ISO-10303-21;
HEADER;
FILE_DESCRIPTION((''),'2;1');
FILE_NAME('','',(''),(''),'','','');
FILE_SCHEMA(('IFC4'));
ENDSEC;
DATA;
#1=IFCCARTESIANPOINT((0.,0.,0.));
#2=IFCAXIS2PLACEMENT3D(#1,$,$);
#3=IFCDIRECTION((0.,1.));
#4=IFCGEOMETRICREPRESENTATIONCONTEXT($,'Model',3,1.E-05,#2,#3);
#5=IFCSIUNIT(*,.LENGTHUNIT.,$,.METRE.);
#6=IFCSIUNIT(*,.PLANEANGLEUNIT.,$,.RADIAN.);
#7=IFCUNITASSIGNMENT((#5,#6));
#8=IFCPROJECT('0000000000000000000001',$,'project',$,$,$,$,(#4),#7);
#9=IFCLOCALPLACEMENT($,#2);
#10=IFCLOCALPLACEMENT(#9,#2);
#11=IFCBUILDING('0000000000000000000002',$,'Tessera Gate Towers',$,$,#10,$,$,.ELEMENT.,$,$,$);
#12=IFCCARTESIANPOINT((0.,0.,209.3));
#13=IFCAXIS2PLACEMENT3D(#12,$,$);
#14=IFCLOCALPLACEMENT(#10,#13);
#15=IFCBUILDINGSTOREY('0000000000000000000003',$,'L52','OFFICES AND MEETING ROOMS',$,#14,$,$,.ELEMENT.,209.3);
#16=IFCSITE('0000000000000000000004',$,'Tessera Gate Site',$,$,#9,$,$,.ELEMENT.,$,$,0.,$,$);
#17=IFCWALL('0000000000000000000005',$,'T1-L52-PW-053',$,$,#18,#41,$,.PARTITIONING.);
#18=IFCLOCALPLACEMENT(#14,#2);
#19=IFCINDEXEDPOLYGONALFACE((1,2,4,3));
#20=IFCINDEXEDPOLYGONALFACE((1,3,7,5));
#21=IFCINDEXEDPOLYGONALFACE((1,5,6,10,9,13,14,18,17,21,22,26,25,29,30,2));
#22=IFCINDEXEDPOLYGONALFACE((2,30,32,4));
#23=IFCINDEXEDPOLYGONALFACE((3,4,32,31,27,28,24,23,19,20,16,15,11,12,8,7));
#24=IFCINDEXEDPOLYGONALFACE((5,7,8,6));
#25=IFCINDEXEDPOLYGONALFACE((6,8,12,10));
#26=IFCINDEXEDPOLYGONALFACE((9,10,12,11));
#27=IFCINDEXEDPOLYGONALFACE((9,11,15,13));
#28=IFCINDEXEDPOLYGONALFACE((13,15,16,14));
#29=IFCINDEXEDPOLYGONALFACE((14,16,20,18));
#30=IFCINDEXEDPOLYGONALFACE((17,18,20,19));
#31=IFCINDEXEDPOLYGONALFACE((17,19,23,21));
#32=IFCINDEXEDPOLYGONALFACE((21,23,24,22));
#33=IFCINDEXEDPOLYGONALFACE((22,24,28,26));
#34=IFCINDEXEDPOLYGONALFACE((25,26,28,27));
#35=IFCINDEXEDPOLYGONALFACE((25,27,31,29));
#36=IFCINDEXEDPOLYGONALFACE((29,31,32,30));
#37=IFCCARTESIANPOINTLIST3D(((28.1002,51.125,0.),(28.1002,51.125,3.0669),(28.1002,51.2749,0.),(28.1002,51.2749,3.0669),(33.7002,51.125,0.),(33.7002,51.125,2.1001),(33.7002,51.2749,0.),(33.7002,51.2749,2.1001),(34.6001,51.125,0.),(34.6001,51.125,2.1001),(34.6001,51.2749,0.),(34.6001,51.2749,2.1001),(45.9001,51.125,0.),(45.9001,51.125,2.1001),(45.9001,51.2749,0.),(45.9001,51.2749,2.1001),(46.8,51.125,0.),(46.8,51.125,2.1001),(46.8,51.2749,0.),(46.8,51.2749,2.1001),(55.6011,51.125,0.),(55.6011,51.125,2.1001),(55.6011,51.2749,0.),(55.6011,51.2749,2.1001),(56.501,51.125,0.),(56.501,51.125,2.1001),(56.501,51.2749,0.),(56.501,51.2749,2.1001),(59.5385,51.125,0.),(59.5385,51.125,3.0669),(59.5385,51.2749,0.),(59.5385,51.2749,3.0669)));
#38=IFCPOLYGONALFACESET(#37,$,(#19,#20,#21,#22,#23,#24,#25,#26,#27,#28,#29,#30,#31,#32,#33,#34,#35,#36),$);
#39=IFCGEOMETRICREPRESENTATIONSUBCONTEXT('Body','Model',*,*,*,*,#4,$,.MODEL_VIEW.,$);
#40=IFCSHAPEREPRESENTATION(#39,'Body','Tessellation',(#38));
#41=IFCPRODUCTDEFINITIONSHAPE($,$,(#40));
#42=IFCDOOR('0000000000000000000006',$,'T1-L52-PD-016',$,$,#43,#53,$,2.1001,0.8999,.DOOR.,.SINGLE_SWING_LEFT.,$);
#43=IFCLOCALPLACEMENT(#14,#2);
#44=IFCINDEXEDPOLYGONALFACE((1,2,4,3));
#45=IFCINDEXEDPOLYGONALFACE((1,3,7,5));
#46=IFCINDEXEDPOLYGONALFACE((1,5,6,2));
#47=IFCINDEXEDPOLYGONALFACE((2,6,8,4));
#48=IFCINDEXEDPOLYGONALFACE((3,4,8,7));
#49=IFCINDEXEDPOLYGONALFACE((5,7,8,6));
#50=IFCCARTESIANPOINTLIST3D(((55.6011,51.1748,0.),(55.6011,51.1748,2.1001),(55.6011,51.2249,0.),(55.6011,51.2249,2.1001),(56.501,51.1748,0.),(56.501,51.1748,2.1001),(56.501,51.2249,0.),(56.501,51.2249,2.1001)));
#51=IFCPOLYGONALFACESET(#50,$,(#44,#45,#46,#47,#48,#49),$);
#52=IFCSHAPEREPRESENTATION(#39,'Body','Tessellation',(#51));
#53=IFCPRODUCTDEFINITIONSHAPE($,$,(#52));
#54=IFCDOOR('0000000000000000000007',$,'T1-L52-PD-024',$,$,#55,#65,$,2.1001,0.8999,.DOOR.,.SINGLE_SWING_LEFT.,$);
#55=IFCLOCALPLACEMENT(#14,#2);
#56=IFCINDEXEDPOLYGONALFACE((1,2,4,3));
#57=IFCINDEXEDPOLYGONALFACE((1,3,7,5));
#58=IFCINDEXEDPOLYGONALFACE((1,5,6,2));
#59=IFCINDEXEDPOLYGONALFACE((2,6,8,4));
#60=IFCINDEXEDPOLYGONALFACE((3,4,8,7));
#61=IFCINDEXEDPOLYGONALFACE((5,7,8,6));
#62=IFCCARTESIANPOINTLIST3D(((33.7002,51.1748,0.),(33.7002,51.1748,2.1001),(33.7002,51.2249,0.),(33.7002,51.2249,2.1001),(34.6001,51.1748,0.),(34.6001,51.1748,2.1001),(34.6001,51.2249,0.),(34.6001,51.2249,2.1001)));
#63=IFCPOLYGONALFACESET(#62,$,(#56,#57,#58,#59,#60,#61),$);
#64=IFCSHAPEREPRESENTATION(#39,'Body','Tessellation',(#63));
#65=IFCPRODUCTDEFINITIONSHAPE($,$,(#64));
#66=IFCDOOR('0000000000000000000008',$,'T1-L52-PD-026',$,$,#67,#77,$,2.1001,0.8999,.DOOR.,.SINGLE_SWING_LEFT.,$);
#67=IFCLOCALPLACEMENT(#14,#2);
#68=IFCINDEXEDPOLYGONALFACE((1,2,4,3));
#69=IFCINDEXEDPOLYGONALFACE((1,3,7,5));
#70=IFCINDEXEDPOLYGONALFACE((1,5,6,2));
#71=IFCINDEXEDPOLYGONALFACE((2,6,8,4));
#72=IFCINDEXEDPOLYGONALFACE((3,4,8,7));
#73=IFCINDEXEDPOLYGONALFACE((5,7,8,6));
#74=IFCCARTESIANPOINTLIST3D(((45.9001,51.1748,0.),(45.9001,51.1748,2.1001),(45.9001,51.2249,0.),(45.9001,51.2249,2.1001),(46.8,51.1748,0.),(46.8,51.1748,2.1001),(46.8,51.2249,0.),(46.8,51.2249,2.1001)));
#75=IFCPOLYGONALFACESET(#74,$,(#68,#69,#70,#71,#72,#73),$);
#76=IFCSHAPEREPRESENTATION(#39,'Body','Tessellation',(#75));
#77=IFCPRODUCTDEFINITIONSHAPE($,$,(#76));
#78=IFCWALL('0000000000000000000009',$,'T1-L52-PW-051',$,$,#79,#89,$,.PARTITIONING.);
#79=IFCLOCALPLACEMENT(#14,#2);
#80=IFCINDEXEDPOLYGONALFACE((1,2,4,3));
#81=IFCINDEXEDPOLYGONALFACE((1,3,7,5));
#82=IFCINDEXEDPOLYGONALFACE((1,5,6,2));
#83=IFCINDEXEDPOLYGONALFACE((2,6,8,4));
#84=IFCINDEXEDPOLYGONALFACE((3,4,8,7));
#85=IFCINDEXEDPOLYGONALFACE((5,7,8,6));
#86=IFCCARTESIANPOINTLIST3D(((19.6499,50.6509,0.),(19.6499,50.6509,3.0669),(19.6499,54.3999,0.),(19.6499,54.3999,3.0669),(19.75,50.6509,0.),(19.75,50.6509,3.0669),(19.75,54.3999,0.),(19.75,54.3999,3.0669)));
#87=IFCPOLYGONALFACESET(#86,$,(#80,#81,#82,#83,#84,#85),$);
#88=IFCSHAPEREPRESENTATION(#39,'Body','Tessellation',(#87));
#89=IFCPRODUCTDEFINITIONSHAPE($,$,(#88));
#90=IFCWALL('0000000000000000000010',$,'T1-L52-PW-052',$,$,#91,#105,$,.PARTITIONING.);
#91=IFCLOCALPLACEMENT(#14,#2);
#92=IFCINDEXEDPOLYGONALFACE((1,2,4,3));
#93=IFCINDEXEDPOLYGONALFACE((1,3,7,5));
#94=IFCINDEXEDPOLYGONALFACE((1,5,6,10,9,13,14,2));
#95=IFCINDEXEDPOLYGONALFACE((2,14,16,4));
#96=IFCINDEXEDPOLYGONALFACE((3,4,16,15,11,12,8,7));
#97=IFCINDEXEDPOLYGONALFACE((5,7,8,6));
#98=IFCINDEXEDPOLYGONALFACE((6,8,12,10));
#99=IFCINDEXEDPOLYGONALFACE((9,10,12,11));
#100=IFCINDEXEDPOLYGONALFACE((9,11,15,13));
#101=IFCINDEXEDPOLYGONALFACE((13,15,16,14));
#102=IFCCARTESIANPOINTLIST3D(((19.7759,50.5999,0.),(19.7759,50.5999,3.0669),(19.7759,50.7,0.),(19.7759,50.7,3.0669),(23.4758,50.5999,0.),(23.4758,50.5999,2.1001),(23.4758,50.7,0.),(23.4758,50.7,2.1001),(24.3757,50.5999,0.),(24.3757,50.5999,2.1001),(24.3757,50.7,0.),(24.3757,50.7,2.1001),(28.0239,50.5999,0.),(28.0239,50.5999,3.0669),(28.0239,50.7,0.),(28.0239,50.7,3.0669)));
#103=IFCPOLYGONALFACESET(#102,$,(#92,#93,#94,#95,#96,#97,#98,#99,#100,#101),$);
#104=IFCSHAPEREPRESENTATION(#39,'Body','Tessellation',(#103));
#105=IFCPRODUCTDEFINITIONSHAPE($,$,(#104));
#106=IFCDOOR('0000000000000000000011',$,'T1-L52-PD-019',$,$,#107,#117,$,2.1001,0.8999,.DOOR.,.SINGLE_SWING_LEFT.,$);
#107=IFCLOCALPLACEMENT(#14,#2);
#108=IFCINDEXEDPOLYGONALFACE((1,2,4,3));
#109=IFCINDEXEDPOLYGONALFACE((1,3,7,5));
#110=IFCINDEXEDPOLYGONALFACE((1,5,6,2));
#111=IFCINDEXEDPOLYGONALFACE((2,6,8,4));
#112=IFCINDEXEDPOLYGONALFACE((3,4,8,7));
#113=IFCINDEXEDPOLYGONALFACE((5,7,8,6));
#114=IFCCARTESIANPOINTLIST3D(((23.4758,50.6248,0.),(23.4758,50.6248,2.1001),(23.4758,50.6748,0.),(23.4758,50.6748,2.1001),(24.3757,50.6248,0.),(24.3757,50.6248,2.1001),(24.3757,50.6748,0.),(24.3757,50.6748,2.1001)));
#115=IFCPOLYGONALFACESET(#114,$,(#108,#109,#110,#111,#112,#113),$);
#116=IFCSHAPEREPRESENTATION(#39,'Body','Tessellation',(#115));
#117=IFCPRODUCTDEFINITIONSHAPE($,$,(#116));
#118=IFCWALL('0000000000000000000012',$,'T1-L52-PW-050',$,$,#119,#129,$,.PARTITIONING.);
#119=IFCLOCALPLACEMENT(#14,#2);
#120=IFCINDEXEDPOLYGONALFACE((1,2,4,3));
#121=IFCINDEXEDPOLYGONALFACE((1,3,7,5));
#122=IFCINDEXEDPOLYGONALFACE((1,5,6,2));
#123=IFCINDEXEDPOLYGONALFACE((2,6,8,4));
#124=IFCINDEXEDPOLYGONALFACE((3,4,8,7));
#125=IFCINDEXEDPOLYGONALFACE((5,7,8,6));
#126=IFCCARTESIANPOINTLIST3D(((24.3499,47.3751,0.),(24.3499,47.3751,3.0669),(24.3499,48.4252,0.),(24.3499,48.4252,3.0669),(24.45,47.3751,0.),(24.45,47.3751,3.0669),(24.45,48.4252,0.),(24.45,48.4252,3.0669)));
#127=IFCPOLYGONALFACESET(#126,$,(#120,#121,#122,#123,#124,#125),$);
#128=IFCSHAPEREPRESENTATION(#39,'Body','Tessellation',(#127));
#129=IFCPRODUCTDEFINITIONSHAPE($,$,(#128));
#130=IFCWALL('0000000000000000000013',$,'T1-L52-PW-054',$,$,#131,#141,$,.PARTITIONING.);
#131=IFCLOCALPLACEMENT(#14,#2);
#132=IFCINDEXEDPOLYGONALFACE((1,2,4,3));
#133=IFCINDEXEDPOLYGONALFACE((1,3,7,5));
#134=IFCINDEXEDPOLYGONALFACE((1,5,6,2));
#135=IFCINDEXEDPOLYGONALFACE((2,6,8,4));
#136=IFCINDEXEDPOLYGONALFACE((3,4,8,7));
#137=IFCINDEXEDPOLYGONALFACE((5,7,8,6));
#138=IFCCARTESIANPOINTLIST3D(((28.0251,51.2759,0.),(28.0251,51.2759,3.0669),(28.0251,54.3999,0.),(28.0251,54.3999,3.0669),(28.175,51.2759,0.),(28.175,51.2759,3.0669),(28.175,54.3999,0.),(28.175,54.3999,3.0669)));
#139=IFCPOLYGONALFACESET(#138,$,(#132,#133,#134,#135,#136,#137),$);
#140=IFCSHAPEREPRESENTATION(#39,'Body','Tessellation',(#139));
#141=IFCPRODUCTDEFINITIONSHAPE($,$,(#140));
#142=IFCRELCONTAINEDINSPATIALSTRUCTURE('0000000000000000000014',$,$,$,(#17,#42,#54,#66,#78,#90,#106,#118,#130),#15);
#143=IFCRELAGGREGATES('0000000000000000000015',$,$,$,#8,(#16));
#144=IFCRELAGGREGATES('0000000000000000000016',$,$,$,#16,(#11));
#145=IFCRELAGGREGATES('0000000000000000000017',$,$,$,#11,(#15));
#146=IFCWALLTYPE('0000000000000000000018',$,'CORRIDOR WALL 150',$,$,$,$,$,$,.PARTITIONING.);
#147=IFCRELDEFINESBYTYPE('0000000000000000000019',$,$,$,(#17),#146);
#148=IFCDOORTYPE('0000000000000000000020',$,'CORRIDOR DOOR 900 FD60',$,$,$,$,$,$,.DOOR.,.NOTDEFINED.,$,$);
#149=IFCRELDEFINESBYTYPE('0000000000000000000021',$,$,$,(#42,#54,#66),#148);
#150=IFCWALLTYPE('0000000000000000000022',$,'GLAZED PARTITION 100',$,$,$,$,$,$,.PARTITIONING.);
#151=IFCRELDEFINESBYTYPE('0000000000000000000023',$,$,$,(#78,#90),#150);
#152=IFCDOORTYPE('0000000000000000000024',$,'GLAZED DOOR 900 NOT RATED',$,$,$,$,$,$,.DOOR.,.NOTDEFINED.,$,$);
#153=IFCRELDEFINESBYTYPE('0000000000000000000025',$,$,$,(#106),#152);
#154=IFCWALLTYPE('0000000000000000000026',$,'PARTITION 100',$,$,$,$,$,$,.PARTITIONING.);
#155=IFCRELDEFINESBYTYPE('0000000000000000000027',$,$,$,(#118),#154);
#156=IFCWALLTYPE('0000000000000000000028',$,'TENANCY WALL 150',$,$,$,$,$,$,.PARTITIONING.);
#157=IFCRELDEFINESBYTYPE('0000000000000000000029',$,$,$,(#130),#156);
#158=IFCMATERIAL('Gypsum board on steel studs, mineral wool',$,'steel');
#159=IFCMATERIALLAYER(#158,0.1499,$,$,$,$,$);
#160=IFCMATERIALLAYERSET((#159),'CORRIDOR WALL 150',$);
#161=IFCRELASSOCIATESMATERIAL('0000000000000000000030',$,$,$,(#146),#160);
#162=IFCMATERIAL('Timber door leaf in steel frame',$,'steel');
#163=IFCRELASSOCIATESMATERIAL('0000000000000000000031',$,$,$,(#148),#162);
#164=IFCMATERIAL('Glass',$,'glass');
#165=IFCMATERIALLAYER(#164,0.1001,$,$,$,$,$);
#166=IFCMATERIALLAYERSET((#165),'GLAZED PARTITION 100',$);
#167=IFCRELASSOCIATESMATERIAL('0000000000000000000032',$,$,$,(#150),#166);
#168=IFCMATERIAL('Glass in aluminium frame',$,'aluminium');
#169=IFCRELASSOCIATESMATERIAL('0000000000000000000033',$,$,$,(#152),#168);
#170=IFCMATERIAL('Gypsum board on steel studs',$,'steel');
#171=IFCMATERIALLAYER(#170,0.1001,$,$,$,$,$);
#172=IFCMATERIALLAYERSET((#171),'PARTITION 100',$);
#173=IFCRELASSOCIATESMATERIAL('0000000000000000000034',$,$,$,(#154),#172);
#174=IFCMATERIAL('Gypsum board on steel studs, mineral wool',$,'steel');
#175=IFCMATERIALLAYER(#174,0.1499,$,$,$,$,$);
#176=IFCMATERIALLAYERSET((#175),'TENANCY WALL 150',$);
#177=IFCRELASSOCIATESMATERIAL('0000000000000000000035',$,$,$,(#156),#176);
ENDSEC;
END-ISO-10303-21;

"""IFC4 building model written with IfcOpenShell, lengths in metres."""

from ifc_helpers import new_model, si_unit, direction, frame, frame_2d, origin, place, context, subcontext, project, spatial, rectangle, extrude, source, transform, mapped, material, layer, layer_set, type_object, element, fill, save


model = new_model("IFC4")

# Units and contexts
model_context = context("Model", 3, precision=1e-05, world=origin(), true_north=direction((0.0, 1.0)))
body_context = subcontext(model_context, "Body", "Model", "MODEL_VIEW")
ifc_project = project(units=[si_unit("LENGTHUNIT", "METRE"), si_unit("PLANEANGLEUNIT", "RADIAN")], contexts=[model_context])

# Site, building, storey
site_placement = place(None, origin())
site = spatial("IfcSite", under=ifc_project, at=site_placement, Name="Tessera Gate Site", CompositionType="ELEMENT", RefElevation=0.0)
building_placement = place(site_placement, origin())
building = spatial("IfcBuilding", under=site, at=building_placement, Name="Tessera Gate Towers", CompositionType="ELEMENT")
storey_placement = place(building_placement, frame((0.0, 0.0, 209.3)))
storey = spatial("IfcBuildingStorey", under=building, at=storey_placement, Name="L52", Description="OFFICES AND MEETING ROOMS", CompositionType="ELEMENT", Elevation=209.3)

# Wall, openings, doors
ifc_material_1 = material(Name="Gypsum board on steel studs, mineral wool", Category="steel")
ifc_layer_1 = layer(ifc_material_1, 0.1499)
ifc_layer_set_1 = layer_set([ifc_layer_1], Name="CORRIDOR WALL 150")
wall_type_1 = type_object("IfcWallType", Name="CORRIDOR WALL 150", PredefinedType="PARTITIONING", material=ifc_layer_set_1)
wall_1_placement = place(storey_placement, frame((28.1001, 51.2, 0.0), z_axis=(0.0, 0.0, 1.0), x_axis=(1.0, 0.0, 0.0)))
wall_1 = element("IfcWall", 1, at=wall_1_placement, inside=storey, type_object=wall_type_1, Name="T1-L52-PW-053", PredefinedType="PARTITIONING", context=body_context, shape_type="SweptSolid", body=[
    extrude(rectangle(XDim=31.4382, YDim=0.1499, at=frame_2d((15.7192, 0.0))), origin(), (0.0, 0.0, 1.0), 3.0669),
])
shared_shape_1 = source(origin(), body_context, "Body", "SweptSolid", [
    extrude(rectangle(XDim=0.8999, YDim=2.1001, at=frame_2d((0.45, 1.05))), frame((0.0, 0.085, 0.0), z_axis=(0.0, -1.0, 0.0), x_axis=(1.0, 0.0, 0.0)), (0.0, 0.0, 1.0), 0.1699),
])
opening_1_placement = place(wall_1_placement, frame((27.501, 0.0, 0.0)))
opening_1 = element("IfcOpeningElement", 2, at=opening_1_placement, cuts=wall_1, PredefinedType="OPENING", context=body_context, shape_type="MappedRepresentation", body=[
    mapped(shared_shape_1, transform((0.0, 0.0, 0.0), scale=1.0)),
])
opening_2_placement = place(wall_1_placement, frame((5.6001, 0.0, 0.0)))
opening_2 = element("IfcOpeningElement", 3, at=opening_2_placement, cuts=wall_1, PredefinedType="OPENING", context=body_context, shape_type="MappedRepresentation", body=[
    mapped(shared_shape_1, transform((0.0, 0.0, 0.0), scale=1.0)),
])
opening_3_placement = place(wall_1_placement, frame((17.8, 0.0, 0.0)))
opening_3 = element("IfcOpeningElement", 4, at=opening_3_placement, cuts=wall_1, PredefinedType="OPENING", context=body_context, shape_type="MappedRepresentation", body=[
    mapped(shared_shape_1, transform((0.0, 0.0, 0.0), scale=1.0)),
])
ifc_material_2 = material(Name="Timber door leaf in steel frame", Category="steel")
door_type_1 = type_object("IfcDoorType", Name="CORRIDOR DOOR 900 FD60", OperationType="NOTDEFINED", PredefinedType="DOOR", material=ifc_material_2)
shared_shape_2 = source(origin(), body_context, "Body", "SweptSolid", [
    extrude(rectangle(XDim=0.8999, YDim=2.1001, at=frame_2d((0.45, 1.05))), frame((0.0, 0.0249, 0.0), z_axis=(0.0, -1.0, 0.0), x_axis=(1.0, 0.0, 0.0)), (0.0, 0.0, 1.0), 0.05),
])
door_1_placement = place(opening_1_placement, origin())
door_1 = element("IfcDoor", 5, at=door_1_placement, inside=storey, type_object=door_type_1, Name="T1-L52-PD-016", OperationType="SINGLE_SWING_LEFT", OverallHeight=2.1001, OverallWidth=0.8999, PredefinedType="DOOR", context=body_context, shape_type="MappedRepresentation", body=[
    mapped(shared_shape_2, transform((0.0, 0.0, 0.0), scale=1.0)),
])
fill(opening_1, door_1)
door_2_placement = place(opening_2_placement, origin())
door_2 = element("IfcDoor", 6, at=door_2_placement, inside=storey, type_object=door_type_1, Name="T1-L52-PD-024", OperationType="SINGLE_SWING_LEFT", OverallHeight=2.1001, OverallWidth=0.8999, PredefinedType="DOOR", context=body_context, shape_type="MappedRepresentation", body=[
    mapped(shared_shape_2, transform((0.0, 0.0, 0.0), scale=1.0)),
])
fill(opening_2, door_2)
door_3_placement = place(opening_3_placement, origin())
door_3 = element("IfcDoor", 7, at=door_3_placement, inside=storey, type_object=door_type_1, Name="T1-L52-PD-026", OperationType="SINGLE_SWING_LEFT", OverallHeight=2.1001, OverallWidth=0.8999, PredefinedType="DOOR", context=body_context, shape_type="MappedRepresentation", body=[
    mapped(shared_shape_2, transform((0.0, 0.0, 0.0), scale=1.0)),
])
fill(opening_3, door_3)

# Wall
ifc_material_3 = material(Name="Glass", Category="glass")
ifc_layer_2 = layer(ifc_material_3, 0.1001)
ifc_layer_set_2 = layer_set([ifc_layer_2], Name="GLAZED PARTITION 100")
wall_type_2 = type_object("IfcWallType", Name="GLAZED PARTITION 100", PredefinedType="PARTITIONING", material=ifc_layer_set_2)
wall_2_placement = place(storey_placement, frame((19.7, 50.6509, 0.0), z_axis=(0.0, 0.0, 1.0), x_axis=(0.0, 1.0, 0.0)))
element("IfcWall", 8, at=wall_2_placement, inside=storey, type_object=wall_type_2, Name="T1-L52-PW-051", PredefinedType="PARTITIONING", context=body_context, shape_type="SweptSolid", body=[
    extrude(rectangle(XDim=3.749, YDim=0.1001, at=frame_2d((1.8745, 0.0))), origin(), (0.0, 0.0, 1.0), 3.0669),
])

# Wall, opening, door
wall_3_placement = place(storey_placement, frame((19.7759, 50.6499, 0.0), z_axis=(0.0, 0.0, 1.0), x_axis=(1.0, 0.0, 0.0)))
wall_3 = element("IfcWall", 9, at=wall_3_placement, inside=storey, type_object=wall_type_2, Name="T1-L52-PW-052", PredefinedType="PARTITIONING", context=body_context, shape_type="SweptSolid", body=[
    extrude(rectangle(XDim=8.248, YDim=0.1001, at=frame_2d((4.124, 0.0))), origin(), (0.0, 0.0, 1.0), 3.0669),
])
shared_shape_3 = source(origin(), body_context, "Body", "SweptSolid", [
    extrude(rectangle(XDim=0.8999, YDim=2.1001, at=frame_2d((0.45, 1.05))), frame((0.0, 0.0601, 0.0), z_axis=(0.0, -1.0, 0.0), x_axis=(1.0, 0.0, 0.0)), (0.0, 0.0, 1.0), 0.1201),
])
opening_4_placement = place(wall_3_placement, frame((3.7, 0.0, 0.0)))
opening_4 = element("IfcOpeningElement", 10, at=opening_4_placement, cuts=wall_3, PredefinedType="OPENING", context=body_context, shape_type="MappedRepresentation", body=[
    mapped(shared_shape_3, transform((0.0, 0.0, 0.0), scale=1.0)),
])
ifc_material_4 = material(Name="Glass in aluminium frame", Category="aluminium")
door_type_2 = type_object("IfcDoorType", Name="GLAZED DOOR 900 NOT RATED", OperationType="NOTDEFINED", PredefinedType="DOOR", material=ifc_material_4)
door_4_placement = place(opening_4_placement, origin())
door_4 = element("IfcDoor", 11, at=door_4_placement, inside=storey, type_object=door_type_2, Name="T1-L52-PD-019", OperationType="SINGLE_SWING_LEFT", OverallHeight=2.1001, OverallWidth=0.8999, PredefinedType="DOOR", context=body_context, shape_type="MappedRepresentation", body=[
    mapped(shared_shape_2, transform((0.0, 0.0, 0.0), scale=1.0)),
])
fill(opening_4, door_4)

# Walls
ifc_material_5 = material(Name="Gypsum board on steel studs", Category="steel")
ifc_layer_3 = layer(ifc_material_5, 0.1001)
ifc_layer_set_3 = layer_set([ifc_layer_3], Name="PARTITION 100")
wall_type_3 = type_object("IfcWallType", Name="PARTITION 100", PredefinedType="PARTITIONING", material=ifc_layer_set_3)
wall_4_placement = place(storey_placement, frame((24.3999, 48.425, 0.0), z_axis=(0.0, 0.0, 1.0), x_axis=(0.0, -1.0, 0.0)))
element("IfcWall", 12, at=wall_4_placement, inside=storey, type_object=wall_type_3, Name="T1-L52-PW-050", PredefinedType="PARTITIONING", context=body_context, shape_type="SweptSolid", body=[
    extrude(rectangle(XDim=1.05, YDim=0.1001, at=frame_2d((0.5249, 0.0))), origin(), (0.0, 0.0, 1.0), 3.0669),
])
ifc_material_6 = material(Name="Gypsum board on steel studs, mineral wool", Category="steel")
ifc_layer_4 = layer(ifc_material_6, 0.1499)
ifc_layer_set_4 = layer_set([ifc_layer_4], Name="TENANCY WALL 150")
wall_type_4 = type_object("IfcWallType", Name="TENANCY WALL 150", PredefinedType="PARTITIONING", material=ifc_layer_set_4)
wall_5_placement = place(storey_placement, frame((28.1001, 51.2759, 0.0), z_axis=(0.0, 0.0, 1.0), x_axis=(0.0, 1.0, 0.0)))
element("IfcWall", 13, at=wall_5_placement, inside=storey, type_object=wall_type_4, Name="T1-L52-PW-054", PredefinedType="PARTITIONING", context=body_context, shape_type="SweptSolid", body=[
    extrude(rectangle(XDim=3.124, YDim=0.1499, at=frame_2d((1.562, 0.0))), origin(), (0.0, 0.0, 1.0), 3.0669),
])

save(model, "model.ifc")
